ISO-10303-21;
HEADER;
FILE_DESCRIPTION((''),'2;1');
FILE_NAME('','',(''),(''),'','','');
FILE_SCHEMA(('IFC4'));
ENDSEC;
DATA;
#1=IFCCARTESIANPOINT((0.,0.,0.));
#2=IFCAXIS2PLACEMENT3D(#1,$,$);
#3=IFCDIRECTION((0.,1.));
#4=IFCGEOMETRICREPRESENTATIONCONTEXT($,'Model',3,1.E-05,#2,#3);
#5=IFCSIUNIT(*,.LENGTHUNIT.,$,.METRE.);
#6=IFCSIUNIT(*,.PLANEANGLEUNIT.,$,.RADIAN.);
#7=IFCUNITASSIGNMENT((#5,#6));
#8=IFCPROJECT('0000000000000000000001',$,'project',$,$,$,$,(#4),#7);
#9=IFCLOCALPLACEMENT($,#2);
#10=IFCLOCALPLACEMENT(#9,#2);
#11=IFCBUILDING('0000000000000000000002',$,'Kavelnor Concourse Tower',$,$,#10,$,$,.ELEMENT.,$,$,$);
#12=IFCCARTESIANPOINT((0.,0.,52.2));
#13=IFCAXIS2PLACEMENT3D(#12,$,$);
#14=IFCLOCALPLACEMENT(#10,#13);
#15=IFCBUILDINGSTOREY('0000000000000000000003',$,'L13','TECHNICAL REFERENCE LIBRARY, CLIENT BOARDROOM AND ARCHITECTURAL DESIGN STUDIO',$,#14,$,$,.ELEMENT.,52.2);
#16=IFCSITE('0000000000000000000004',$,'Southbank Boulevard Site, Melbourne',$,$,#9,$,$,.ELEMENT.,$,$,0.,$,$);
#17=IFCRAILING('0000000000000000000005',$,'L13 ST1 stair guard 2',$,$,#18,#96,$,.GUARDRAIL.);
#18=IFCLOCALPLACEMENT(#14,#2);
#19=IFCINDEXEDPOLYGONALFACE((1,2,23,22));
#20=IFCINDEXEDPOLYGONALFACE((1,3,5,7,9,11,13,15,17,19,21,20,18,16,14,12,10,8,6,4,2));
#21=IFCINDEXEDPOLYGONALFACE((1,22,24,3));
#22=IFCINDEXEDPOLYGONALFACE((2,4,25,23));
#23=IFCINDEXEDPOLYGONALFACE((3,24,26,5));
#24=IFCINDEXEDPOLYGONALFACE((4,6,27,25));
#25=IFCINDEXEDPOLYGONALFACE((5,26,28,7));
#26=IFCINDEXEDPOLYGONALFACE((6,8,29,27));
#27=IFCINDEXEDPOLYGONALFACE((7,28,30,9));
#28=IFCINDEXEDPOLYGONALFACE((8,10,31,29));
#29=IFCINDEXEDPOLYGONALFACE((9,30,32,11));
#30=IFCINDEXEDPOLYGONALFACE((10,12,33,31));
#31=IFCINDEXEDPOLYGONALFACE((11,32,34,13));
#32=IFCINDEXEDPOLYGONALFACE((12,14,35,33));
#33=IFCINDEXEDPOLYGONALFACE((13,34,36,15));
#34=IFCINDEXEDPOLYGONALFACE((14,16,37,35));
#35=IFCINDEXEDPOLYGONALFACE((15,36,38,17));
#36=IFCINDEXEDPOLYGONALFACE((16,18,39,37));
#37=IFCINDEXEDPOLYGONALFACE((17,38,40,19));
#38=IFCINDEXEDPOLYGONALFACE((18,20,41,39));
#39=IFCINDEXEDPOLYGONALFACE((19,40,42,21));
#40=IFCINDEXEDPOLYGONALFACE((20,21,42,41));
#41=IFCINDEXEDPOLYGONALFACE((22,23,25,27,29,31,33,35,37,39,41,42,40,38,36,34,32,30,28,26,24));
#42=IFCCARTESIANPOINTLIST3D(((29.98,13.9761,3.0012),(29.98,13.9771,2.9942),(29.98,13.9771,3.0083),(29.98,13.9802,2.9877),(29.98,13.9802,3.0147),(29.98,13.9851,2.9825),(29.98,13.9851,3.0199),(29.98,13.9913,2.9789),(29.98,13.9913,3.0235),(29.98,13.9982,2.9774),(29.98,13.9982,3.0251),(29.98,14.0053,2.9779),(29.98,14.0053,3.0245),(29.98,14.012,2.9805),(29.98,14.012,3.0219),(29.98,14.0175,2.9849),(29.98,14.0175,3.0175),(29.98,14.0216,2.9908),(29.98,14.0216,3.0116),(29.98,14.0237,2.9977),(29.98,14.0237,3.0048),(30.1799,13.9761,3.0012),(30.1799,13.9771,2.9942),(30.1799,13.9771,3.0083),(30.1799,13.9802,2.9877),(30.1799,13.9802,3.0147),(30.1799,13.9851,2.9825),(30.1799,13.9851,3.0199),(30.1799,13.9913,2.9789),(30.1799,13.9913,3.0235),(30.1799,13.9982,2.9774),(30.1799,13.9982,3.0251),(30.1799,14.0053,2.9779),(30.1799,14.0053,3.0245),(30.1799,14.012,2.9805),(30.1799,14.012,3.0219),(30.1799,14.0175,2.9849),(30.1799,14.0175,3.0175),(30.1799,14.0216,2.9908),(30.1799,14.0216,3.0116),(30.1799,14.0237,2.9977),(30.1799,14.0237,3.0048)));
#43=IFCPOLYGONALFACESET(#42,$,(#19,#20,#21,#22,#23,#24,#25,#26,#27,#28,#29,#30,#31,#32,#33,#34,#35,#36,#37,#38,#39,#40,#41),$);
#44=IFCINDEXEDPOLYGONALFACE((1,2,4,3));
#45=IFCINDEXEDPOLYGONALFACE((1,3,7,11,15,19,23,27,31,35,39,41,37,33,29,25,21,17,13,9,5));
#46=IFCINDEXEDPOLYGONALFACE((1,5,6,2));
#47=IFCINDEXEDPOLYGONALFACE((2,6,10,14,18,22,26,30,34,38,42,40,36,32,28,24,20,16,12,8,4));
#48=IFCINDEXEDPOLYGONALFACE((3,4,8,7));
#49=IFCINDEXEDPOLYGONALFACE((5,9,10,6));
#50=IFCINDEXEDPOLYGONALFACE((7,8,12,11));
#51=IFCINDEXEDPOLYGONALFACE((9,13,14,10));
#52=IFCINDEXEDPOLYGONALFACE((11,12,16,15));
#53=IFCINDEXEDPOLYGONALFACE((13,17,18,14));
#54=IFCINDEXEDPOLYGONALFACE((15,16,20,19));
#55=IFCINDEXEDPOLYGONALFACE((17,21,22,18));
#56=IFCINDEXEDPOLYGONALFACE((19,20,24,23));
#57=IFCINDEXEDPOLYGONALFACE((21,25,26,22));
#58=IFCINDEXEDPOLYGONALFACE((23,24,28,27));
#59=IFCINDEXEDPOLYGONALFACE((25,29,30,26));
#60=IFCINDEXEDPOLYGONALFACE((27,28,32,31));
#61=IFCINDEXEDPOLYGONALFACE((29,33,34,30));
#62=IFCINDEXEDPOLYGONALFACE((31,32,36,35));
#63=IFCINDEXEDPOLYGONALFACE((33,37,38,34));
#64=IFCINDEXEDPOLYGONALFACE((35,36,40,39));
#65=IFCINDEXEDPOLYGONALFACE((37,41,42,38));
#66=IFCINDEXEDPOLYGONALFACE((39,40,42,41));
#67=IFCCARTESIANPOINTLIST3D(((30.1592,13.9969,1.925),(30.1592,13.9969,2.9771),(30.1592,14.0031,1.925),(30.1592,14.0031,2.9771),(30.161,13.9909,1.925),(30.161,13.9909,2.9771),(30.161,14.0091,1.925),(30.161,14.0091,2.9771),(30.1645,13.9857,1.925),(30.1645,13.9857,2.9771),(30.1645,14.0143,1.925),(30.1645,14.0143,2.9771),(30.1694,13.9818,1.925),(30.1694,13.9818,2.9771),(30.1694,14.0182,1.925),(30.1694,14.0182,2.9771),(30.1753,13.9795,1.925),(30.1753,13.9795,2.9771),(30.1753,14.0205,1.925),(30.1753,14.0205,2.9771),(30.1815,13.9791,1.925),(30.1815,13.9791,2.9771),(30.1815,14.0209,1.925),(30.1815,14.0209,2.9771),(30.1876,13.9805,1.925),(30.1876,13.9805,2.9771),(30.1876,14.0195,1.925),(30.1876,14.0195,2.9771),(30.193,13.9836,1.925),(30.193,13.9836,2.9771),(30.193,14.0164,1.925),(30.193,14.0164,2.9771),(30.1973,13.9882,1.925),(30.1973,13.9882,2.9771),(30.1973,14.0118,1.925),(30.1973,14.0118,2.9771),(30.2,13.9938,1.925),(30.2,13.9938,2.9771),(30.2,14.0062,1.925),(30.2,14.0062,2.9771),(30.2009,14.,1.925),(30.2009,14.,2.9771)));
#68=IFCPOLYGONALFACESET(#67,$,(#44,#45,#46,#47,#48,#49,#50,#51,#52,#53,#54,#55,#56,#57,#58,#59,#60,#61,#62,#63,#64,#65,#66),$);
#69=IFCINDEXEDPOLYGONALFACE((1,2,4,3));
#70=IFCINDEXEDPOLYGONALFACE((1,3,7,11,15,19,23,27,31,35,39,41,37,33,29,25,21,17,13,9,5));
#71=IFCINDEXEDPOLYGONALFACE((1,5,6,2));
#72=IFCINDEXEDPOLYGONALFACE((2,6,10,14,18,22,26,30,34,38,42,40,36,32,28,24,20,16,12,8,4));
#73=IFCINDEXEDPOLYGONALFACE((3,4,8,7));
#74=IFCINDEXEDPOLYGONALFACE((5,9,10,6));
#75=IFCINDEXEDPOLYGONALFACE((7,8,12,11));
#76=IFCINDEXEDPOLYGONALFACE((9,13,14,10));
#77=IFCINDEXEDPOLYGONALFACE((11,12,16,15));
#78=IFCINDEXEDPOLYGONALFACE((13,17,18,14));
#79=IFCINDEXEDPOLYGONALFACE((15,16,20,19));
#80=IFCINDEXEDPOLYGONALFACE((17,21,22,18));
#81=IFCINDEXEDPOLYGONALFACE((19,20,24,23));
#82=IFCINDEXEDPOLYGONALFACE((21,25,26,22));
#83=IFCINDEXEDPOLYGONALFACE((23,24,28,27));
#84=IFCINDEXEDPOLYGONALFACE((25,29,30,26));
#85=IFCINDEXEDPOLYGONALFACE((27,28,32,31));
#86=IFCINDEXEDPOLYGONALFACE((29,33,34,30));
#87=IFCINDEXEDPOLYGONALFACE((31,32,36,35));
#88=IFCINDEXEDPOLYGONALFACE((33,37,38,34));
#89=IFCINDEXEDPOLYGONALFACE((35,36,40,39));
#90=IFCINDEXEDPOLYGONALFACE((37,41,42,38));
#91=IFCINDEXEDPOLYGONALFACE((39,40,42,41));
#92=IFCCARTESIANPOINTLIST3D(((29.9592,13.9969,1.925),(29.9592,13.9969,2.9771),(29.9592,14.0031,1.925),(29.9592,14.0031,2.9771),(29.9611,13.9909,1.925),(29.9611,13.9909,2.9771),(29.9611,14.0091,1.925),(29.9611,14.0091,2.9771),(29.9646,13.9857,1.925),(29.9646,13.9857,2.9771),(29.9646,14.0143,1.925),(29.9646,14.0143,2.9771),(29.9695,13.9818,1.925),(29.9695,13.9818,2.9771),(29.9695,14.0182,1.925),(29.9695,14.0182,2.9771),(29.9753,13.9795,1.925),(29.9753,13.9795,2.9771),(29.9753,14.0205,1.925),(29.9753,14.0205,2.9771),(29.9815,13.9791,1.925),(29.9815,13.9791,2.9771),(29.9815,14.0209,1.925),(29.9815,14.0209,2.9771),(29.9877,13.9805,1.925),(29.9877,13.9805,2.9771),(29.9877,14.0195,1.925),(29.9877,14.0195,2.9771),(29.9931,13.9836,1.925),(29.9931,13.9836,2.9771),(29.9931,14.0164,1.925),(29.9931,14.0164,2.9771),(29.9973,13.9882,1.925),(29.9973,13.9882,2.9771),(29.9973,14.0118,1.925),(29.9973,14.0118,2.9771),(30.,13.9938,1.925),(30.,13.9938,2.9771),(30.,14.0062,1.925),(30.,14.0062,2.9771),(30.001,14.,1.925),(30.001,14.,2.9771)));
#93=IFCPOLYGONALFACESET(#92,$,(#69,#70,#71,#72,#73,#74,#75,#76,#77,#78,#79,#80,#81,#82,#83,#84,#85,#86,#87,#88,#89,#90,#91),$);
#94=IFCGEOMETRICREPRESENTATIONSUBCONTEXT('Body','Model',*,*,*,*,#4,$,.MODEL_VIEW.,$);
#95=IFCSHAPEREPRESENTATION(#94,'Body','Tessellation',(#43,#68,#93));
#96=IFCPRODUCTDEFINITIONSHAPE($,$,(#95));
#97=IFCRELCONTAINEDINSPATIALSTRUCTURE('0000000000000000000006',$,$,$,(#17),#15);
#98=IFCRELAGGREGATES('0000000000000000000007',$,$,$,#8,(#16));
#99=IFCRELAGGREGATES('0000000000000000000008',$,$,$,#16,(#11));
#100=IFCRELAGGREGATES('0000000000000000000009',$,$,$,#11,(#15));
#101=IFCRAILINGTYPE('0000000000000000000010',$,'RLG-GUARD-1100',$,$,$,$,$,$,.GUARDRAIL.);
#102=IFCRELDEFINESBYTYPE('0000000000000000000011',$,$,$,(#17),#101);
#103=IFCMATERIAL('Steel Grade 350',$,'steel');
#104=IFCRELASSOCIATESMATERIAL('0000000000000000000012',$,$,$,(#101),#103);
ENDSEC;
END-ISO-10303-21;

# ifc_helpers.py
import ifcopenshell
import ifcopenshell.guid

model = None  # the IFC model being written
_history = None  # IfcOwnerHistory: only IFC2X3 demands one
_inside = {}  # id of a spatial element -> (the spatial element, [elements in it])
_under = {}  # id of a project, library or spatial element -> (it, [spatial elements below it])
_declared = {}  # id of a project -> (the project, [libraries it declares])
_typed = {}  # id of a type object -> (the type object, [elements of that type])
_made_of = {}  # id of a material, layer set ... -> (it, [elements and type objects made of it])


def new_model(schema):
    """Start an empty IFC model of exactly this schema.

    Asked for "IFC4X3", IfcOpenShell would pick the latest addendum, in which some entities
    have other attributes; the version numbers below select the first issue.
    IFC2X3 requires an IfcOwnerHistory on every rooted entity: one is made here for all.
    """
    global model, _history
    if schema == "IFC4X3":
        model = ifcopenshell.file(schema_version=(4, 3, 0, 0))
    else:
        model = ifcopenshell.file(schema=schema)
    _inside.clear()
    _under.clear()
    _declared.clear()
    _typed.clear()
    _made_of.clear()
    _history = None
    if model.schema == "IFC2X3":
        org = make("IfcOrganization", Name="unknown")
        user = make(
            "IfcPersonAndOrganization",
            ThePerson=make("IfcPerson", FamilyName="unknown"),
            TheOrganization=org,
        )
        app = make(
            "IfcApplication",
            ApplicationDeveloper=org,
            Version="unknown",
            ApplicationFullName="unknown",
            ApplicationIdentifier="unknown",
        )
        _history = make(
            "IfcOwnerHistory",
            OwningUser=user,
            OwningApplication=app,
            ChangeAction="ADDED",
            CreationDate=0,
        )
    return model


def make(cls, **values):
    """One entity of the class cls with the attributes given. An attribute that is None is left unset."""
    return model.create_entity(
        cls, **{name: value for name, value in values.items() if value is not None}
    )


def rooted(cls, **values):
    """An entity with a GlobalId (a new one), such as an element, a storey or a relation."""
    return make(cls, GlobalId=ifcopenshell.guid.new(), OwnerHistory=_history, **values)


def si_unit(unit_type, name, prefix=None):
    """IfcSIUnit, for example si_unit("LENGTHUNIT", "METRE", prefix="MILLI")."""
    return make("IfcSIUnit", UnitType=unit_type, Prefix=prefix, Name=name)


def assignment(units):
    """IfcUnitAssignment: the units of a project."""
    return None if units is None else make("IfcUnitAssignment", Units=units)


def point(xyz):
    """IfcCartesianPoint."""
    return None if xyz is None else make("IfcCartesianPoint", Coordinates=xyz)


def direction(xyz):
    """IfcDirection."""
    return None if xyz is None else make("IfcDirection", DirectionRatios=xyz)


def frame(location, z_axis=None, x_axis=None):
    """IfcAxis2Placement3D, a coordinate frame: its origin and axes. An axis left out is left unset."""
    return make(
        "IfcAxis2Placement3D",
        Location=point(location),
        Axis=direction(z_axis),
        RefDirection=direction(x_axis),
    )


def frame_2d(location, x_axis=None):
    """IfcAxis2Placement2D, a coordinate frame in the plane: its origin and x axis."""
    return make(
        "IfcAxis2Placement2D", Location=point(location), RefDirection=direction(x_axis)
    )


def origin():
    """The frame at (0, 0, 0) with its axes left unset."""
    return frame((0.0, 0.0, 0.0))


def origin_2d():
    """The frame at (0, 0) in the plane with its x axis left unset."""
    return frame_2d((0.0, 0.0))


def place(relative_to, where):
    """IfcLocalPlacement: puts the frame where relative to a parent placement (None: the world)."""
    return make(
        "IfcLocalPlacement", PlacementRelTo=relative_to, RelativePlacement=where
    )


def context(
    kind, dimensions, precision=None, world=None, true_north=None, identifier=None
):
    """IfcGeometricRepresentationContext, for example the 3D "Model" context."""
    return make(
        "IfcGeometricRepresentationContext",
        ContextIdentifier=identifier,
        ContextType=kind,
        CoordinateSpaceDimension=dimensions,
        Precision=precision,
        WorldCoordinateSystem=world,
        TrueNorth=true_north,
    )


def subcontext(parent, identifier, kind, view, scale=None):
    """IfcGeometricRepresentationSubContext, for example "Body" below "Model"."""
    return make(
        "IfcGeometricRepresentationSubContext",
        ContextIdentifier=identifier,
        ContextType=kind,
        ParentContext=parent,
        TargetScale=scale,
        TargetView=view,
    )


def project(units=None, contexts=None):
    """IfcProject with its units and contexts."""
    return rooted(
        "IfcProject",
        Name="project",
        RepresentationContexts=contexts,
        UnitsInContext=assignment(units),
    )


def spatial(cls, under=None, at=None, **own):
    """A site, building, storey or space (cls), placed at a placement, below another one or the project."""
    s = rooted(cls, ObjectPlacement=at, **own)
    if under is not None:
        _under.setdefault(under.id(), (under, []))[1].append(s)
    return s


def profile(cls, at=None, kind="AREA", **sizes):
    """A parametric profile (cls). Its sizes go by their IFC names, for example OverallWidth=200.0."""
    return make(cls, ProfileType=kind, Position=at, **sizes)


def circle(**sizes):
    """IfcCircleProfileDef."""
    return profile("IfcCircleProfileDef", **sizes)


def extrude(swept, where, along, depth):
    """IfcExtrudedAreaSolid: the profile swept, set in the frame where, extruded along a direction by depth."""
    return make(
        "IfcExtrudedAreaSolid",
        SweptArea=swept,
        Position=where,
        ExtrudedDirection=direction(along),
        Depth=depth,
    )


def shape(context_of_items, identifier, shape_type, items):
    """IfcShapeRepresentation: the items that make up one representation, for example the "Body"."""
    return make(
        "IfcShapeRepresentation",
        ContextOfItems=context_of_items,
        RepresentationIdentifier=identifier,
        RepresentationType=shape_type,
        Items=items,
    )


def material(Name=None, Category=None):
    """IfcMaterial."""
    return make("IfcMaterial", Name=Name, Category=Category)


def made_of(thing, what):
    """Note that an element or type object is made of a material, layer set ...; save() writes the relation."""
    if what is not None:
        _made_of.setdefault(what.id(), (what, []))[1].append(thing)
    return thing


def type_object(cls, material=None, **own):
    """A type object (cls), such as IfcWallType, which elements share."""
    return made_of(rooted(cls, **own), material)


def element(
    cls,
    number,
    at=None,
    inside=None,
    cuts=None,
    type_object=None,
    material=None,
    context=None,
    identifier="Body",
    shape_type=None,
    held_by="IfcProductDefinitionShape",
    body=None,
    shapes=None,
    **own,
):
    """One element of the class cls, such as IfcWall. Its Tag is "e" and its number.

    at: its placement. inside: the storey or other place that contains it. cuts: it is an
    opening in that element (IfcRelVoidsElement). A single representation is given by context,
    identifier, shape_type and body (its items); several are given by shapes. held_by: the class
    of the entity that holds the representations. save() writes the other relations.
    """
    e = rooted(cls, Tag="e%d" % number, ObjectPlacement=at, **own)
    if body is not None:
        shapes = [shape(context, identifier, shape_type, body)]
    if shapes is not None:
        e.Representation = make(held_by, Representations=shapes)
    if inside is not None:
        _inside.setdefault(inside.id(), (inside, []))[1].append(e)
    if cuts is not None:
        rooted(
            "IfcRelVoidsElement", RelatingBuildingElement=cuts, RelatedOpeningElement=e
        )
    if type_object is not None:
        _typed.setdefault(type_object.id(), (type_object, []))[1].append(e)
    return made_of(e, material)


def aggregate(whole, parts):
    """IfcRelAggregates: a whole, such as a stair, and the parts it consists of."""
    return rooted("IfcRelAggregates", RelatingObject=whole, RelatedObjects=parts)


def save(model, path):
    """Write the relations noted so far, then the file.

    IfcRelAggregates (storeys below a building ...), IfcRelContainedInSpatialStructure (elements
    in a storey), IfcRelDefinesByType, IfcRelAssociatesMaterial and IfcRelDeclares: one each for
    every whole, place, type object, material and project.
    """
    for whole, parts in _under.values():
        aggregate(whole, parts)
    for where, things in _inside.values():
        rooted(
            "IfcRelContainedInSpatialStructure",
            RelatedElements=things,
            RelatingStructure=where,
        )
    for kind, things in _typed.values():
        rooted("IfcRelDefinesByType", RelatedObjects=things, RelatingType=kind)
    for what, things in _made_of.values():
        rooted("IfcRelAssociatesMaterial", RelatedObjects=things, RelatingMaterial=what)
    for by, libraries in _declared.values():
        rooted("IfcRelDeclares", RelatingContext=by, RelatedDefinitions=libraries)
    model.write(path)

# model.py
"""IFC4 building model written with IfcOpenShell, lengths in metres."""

from ifc_helpers import new_model, si_unit, direction, frame, origin, origin_2d, place, context, subcontext, project, spatial, circle, extrude, material, type_object, element, save


model = new_model("IFC4")

# Units and contexts
model_context = context("Model", 3, precision=1e-05, world=origin(), true_north=direction((0.0, 1.0)))
body_context = subcontext(model_context, "Body", "Model", "MODEL_VIEW")
ifc_project = project(units=[si_unit("LENGTHUNIT", "METRE"), si_unit("PLANEANGLEUNIT", "RADIAN")], contexts=[model_context])

# Site, building, storey
site_placement = place(None, origin())
site = spatial("IfcSite", under=ifc_project, at=site_placement, Name="Southbank Boulevard Site, Melbourne", CompositionType="ELEMENT", RefElevation=0.0)
building_placement = place(site_placement, origin())
building = spatial("IfcBuilding", under=site, at=building_placement, Name="Kavelnor Concourse Tower", CompositionType="ELEMENT")
storey_placement = place(building_placement, frame((0.0, 0.0, 52.2)))
storey = spatial("IfcBuildingStorey", under=building, at=storey_placement, Name="L13", Description="TECHNICAL REFERENCE LIBRARY, CLIENT BOARDROOM AND ARCHITECTURAL DESIGN STUDIO", CompositionType="ELEMENT", Elevation=52.2)

# Shared definitions
ifc_material_1 = material(Name="Steel Grade 350", Category="steel")

# Railing
railing_type_1 = type_object("IfcRailingType", Name="RLG-GUARD-1100", PredefinedType="GUARDRAIL", material=ifc_material_1)
railing_1_placement = place(storey_placement, frame((30.1799, 14.0, 1.925)))
element("IfcRailing", 1, at=railing_1_placement, inside=storey, type_object=railing_type_1, Name="L13 ST1 stair guard 2", PredefinedType="GUARDRAIL", context=body_context, shape_type="SweptSolid", body=[
    extrude(circle(Radius=0.0239, at=origin_2d()), frame((0.0, 0.0, 1.0762), z_axis=(-1.0, 0.0, 0.0), x_axis=(0.0, -1.0, 0.0)), (0.0, 0.0, 1.0), 0.2),
    extrude(circle(Radius=0.021, at=origin_2d()), origin(), (0.0, 0.0, 1.0), 1.052),
    extrude(circle(Radius=0.021, at=origin_2d()), frame((-0.2, 0.0, 0.0)), (0.0, 0.0, 1.0), 1.052),
])

save(model, "model.ifc")
